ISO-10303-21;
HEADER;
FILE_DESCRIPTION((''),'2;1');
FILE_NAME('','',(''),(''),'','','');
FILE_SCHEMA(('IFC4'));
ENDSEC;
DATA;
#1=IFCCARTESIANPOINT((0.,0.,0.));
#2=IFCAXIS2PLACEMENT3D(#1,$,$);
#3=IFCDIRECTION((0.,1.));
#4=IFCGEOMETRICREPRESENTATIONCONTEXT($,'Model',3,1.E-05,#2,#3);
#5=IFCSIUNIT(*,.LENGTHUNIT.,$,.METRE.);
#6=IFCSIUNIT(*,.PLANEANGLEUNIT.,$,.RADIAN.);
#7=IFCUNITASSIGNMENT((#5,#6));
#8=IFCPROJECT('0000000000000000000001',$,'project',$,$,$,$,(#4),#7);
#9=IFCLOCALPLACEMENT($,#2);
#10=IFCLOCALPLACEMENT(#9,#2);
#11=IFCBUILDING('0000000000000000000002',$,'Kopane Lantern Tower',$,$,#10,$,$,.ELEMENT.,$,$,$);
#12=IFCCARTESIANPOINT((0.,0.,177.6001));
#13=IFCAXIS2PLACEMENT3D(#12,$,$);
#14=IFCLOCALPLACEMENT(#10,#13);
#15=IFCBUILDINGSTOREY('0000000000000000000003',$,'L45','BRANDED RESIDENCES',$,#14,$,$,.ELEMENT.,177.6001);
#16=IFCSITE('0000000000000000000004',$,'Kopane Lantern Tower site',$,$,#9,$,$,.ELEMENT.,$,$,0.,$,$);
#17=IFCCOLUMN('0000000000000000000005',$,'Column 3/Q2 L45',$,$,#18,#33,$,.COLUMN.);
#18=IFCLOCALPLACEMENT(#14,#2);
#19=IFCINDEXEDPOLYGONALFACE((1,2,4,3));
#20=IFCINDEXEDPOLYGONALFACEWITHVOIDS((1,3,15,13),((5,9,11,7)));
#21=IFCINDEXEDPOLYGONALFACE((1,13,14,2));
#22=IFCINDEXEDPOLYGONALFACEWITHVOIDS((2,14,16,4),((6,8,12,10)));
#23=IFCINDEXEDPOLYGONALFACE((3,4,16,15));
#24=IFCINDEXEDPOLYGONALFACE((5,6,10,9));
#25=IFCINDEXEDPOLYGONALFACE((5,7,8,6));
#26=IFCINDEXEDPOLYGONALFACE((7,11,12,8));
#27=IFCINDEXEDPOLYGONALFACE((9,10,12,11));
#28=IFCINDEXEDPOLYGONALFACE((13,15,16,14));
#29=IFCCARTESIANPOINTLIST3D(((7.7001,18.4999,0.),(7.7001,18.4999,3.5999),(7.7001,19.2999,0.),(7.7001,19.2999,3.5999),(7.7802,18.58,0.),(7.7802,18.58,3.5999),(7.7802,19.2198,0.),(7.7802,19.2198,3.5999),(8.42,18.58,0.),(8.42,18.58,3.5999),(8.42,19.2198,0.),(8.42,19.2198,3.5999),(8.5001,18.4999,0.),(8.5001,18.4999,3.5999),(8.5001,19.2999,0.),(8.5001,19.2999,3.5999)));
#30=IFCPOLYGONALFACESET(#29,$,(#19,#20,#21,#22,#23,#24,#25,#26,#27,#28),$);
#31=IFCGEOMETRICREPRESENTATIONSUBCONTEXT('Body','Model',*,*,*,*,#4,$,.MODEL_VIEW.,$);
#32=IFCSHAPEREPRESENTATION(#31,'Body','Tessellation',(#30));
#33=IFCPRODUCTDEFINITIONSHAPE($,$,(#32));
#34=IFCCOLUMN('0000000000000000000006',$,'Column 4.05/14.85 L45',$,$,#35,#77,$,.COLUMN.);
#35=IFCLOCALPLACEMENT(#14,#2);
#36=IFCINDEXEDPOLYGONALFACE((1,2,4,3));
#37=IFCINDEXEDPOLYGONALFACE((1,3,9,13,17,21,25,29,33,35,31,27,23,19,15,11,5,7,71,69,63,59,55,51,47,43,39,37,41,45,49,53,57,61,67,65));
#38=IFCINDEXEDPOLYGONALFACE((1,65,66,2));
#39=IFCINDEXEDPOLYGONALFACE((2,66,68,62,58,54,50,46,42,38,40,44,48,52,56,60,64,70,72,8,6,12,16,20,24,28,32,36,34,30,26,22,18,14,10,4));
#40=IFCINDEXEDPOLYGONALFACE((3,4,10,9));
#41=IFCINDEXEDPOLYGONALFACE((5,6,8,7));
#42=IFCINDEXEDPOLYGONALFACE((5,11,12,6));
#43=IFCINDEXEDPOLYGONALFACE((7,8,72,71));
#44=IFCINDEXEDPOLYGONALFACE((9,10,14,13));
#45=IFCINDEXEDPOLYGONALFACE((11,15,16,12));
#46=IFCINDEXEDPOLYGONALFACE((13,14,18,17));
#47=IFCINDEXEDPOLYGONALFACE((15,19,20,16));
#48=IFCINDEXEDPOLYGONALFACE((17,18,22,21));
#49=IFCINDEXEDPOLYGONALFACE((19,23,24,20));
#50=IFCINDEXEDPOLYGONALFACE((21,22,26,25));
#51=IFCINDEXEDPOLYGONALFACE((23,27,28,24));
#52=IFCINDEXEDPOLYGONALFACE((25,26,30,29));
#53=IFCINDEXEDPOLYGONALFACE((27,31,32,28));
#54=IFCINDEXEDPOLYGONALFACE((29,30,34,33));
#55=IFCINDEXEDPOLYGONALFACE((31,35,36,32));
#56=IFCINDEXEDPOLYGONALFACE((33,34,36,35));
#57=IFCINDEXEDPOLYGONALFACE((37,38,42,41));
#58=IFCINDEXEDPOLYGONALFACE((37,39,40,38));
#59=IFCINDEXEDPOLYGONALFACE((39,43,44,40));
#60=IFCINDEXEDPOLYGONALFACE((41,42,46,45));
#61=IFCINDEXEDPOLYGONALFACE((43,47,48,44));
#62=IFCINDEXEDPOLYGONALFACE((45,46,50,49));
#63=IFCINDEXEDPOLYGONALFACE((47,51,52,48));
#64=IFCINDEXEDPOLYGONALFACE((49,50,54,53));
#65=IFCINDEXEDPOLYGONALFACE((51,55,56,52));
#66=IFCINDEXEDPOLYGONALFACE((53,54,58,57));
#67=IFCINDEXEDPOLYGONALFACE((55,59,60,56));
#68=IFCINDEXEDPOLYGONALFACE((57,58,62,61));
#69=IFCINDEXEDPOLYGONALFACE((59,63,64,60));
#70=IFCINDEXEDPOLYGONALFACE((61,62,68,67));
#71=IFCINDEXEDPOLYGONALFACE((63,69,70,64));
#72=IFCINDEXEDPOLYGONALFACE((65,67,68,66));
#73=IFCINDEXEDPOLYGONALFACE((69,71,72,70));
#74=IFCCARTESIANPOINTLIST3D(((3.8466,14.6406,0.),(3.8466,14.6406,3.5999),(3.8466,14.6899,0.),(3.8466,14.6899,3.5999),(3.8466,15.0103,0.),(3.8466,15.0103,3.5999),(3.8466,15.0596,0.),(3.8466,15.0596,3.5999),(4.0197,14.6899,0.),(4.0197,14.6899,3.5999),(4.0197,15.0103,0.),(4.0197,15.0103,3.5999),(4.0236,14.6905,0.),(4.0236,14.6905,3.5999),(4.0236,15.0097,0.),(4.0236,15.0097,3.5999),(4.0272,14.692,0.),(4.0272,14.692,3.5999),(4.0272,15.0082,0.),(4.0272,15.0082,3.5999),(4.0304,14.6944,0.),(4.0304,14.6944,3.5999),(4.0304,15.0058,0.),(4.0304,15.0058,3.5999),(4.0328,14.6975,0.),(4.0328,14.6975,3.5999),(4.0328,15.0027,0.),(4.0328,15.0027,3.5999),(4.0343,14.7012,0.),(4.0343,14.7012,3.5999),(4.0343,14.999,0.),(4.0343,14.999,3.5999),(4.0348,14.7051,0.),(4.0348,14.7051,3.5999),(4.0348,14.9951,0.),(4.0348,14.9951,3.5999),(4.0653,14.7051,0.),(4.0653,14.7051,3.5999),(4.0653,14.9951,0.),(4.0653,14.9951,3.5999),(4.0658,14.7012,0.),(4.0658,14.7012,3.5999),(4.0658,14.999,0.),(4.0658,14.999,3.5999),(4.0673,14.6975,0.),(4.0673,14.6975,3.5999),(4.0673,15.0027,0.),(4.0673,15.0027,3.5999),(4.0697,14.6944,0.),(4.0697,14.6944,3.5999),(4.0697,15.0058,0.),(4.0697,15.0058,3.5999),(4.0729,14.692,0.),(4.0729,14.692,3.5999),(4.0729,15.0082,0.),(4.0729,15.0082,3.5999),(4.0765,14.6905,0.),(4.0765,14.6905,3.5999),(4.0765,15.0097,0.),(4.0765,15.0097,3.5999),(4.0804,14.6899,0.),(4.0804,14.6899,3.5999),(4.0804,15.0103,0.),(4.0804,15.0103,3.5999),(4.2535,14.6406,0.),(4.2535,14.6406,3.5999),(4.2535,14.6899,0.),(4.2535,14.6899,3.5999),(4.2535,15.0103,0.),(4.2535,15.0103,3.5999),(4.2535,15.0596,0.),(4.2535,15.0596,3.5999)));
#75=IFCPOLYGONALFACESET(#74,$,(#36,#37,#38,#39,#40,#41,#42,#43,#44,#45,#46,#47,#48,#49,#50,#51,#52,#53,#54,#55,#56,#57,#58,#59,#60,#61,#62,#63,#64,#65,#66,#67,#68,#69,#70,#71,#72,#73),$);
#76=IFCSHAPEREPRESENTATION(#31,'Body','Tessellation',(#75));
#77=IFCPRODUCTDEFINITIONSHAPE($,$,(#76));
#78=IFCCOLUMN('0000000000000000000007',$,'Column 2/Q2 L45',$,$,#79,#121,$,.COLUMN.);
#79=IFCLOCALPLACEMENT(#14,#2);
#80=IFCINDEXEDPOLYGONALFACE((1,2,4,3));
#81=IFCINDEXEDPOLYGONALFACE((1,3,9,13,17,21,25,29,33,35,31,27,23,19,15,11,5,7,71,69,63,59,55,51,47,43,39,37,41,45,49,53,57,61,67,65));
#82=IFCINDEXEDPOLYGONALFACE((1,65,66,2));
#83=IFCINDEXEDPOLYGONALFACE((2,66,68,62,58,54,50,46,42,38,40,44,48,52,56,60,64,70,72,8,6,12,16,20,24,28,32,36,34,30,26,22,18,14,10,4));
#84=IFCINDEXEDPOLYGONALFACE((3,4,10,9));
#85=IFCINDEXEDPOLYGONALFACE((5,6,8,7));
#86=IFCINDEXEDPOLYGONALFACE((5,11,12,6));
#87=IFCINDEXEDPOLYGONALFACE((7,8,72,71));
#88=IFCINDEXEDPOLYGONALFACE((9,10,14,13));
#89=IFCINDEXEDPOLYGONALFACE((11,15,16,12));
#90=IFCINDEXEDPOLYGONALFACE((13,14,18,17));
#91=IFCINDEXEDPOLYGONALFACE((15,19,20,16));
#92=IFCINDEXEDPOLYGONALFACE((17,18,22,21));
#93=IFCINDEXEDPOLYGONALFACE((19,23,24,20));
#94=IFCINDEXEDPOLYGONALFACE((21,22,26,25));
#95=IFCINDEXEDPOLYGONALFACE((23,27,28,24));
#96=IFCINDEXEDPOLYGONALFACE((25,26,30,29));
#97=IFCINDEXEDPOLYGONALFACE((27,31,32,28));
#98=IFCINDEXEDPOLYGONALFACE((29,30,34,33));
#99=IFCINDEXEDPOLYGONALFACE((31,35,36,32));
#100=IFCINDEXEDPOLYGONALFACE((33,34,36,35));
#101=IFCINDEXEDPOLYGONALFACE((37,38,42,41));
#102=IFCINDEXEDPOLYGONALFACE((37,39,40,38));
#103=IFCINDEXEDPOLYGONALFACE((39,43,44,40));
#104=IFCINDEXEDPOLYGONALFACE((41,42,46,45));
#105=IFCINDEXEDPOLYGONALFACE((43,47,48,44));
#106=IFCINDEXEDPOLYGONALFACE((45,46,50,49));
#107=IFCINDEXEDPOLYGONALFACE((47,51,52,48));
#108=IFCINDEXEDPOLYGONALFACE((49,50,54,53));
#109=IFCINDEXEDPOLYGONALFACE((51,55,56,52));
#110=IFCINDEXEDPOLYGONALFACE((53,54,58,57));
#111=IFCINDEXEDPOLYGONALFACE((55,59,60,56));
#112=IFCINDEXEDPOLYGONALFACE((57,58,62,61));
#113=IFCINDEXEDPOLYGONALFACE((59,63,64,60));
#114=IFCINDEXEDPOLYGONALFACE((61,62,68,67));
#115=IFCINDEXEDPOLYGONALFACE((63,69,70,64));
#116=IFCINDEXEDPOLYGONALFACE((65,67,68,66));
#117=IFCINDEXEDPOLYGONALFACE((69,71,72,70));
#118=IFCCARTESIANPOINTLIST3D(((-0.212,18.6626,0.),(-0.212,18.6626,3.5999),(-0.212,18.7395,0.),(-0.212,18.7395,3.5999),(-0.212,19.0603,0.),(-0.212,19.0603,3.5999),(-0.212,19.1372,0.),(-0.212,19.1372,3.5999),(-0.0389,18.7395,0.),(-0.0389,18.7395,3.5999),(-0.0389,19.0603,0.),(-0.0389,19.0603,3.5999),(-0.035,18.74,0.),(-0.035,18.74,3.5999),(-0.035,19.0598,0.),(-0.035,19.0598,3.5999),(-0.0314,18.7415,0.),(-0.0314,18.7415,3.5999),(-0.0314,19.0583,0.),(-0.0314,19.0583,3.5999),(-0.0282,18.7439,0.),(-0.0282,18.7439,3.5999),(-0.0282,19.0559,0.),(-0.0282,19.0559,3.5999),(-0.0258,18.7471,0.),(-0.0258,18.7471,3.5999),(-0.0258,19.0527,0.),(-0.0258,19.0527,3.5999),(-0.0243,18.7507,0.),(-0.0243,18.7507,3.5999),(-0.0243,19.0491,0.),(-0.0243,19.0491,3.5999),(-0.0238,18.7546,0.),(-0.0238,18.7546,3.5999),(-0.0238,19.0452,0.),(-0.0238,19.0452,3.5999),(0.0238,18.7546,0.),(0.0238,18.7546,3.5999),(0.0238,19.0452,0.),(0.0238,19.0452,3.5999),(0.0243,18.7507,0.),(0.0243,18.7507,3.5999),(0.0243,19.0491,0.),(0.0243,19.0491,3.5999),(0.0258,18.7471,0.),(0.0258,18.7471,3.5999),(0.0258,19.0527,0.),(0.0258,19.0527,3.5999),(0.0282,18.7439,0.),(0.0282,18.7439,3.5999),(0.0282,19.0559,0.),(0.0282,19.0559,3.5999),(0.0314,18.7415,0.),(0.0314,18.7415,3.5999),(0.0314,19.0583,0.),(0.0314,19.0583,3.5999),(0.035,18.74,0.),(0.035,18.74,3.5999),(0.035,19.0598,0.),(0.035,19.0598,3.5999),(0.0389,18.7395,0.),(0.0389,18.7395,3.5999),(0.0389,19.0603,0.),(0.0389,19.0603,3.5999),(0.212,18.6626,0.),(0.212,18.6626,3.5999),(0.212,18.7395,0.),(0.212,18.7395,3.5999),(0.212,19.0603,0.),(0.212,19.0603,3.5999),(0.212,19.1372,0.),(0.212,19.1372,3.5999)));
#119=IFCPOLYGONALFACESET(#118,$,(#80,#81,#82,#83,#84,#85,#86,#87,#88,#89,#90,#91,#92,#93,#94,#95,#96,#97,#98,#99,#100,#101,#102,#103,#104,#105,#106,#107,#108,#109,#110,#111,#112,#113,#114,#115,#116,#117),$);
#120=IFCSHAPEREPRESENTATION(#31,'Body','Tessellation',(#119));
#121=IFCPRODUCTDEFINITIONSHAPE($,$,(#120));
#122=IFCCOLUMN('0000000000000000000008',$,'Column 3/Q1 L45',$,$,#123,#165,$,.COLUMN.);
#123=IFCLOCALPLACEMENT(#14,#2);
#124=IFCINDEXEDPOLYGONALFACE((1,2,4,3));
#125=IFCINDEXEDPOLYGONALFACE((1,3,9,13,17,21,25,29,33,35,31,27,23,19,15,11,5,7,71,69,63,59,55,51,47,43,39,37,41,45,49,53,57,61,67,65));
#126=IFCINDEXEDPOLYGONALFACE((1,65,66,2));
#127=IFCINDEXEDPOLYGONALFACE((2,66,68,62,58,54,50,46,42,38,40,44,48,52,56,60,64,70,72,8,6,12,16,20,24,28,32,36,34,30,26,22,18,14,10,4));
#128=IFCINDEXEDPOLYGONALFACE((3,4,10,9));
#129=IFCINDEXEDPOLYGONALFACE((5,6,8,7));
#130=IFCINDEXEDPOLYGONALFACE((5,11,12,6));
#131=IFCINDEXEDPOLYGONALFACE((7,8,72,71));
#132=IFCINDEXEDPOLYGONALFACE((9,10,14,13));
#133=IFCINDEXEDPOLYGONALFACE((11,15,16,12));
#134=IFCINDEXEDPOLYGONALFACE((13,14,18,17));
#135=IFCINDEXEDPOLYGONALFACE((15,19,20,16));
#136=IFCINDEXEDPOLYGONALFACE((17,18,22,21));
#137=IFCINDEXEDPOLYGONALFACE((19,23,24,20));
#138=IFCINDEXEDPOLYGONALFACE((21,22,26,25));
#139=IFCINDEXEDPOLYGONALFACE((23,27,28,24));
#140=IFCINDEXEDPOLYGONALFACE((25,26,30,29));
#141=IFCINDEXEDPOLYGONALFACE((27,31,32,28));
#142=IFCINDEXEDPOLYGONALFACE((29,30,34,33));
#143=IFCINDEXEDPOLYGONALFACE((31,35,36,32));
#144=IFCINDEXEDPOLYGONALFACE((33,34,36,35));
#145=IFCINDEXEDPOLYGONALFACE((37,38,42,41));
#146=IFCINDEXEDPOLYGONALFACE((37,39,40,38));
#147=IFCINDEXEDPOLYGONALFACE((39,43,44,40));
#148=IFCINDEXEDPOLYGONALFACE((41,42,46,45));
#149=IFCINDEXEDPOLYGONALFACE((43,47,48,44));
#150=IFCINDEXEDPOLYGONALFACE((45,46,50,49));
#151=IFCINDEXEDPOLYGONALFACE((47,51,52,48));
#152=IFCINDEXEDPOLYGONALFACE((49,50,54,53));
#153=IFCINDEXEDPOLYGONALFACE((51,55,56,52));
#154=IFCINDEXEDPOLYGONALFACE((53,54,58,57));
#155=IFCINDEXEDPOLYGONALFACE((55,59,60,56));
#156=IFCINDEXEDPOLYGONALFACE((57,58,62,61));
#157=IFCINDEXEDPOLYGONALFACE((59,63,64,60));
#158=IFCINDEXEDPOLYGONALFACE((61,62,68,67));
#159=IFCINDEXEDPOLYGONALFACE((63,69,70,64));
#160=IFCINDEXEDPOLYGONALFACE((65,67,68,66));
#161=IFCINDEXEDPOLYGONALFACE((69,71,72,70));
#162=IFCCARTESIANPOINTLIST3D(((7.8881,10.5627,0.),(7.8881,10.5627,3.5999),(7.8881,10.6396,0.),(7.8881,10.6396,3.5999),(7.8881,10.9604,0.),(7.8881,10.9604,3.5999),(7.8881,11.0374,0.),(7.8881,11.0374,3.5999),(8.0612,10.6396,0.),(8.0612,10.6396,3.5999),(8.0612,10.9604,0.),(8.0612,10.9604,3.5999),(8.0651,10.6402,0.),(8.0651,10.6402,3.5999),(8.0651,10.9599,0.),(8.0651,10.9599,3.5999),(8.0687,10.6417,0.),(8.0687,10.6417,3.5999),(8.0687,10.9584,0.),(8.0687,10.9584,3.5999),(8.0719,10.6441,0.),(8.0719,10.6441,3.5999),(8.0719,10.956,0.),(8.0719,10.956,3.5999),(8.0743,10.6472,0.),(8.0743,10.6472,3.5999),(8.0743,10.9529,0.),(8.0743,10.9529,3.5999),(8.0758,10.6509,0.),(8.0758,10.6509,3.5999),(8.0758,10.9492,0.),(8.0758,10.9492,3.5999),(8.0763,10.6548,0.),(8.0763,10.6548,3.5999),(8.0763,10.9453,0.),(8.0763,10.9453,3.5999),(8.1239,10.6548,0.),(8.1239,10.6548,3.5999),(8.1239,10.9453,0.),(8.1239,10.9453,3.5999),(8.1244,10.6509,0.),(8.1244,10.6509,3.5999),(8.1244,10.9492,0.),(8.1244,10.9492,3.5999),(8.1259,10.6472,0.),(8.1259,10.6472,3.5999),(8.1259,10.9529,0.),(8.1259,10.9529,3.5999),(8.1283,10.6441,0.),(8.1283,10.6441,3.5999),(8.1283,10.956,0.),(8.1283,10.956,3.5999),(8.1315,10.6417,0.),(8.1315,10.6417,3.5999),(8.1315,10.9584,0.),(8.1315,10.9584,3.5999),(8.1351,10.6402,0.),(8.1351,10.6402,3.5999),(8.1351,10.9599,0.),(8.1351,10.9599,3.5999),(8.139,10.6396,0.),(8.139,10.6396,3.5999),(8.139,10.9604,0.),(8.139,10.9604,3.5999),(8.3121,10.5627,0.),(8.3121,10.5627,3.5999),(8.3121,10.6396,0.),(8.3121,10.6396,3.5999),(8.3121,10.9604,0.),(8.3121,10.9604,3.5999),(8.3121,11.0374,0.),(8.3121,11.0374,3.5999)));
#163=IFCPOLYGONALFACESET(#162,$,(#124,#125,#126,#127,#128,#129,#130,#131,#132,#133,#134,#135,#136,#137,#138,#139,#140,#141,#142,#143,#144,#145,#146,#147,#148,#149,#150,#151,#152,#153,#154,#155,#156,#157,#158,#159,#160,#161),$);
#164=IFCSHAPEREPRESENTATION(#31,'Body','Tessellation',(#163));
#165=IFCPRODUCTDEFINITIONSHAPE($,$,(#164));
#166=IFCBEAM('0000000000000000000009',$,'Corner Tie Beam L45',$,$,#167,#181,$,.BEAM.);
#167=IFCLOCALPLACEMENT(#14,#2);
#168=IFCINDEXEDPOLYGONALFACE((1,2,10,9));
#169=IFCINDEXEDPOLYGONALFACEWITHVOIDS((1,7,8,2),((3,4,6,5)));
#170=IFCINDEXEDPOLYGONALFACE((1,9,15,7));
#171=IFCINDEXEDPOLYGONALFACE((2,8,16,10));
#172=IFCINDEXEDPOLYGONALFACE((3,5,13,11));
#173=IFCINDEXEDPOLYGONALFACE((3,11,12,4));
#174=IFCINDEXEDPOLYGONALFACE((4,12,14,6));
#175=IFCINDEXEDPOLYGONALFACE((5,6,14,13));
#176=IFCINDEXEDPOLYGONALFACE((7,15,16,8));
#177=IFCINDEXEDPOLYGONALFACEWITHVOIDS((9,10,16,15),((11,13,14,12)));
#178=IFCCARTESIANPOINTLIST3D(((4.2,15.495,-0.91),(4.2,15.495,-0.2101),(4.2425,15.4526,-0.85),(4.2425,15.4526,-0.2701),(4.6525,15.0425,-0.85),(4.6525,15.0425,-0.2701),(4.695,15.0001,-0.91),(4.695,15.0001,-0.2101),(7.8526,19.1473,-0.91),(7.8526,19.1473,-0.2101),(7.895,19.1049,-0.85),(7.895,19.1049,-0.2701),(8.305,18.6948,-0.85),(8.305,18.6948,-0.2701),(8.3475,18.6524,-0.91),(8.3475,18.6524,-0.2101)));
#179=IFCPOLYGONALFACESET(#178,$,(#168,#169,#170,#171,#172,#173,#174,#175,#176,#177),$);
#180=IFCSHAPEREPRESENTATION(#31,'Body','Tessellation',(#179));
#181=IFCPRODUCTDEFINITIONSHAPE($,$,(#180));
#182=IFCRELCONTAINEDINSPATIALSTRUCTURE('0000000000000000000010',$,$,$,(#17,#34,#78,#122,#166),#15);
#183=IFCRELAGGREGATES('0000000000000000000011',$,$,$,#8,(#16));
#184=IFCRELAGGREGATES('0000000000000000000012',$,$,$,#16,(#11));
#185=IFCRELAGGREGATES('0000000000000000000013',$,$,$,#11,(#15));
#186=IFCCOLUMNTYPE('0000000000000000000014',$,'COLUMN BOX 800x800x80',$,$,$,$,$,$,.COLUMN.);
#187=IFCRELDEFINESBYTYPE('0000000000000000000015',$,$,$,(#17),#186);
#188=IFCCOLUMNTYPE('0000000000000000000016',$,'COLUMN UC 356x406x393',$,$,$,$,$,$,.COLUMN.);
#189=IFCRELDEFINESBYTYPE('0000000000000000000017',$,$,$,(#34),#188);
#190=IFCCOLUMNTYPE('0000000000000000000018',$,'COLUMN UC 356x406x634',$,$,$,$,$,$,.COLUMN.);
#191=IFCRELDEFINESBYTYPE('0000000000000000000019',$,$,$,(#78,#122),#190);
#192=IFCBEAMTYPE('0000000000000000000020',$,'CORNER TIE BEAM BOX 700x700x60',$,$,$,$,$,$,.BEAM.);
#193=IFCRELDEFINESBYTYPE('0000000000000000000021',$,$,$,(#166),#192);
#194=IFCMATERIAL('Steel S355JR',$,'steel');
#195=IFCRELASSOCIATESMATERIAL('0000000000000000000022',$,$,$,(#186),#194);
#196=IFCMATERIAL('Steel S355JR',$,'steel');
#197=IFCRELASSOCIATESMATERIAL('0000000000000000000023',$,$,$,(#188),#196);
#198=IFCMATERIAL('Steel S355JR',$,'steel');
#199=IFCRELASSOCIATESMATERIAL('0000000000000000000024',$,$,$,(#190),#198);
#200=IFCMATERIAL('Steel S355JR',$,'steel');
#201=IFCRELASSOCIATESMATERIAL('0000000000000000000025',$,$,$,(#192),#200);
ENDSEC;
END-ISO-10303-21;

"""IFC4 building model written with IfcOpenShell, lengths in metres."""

from ifc_helpers import new_model, si_unit, direction, frame, origin, origin_2d, place, context, subcontext, project, spatial, hollow_rectangle, i_section, extrude, material, material_profile, profile_set, type_object, element, save


model = new_model("IFC4")

# Units and contexts
model_context = context("Model", 3, precision=1e-05, world=origin(), true_north=direction((0.0, 1.0)))
body_context = subcontext(model_context, "Body", "Model", "MODEL_VIEW")
ifc_project = project(units=[si_unit("LENGTHUNIT", "METRE"), si_unit("PLANEANGLEUNIT", "RADIAN")], contexts=[model_context])

# Site, building, storey
site_placement = place(None, origin())
site = spatial("IfcSite", under=ifc_project, at=site_placement, Name="Kopane Lantern Tower site", CompositionType="ELEMENT", RefElevation=0.0)
building_placement = place(site_placement, origin())
building = spatial("IfcBuilding", under=site, at=building_placement, Name="Kopane Lantern Tower", CompositionType="ELEMENT")
storey_placement = place(building_placement, frame((0.0, 0.0, 177.6001)))
storey = spatial("IfcBuildingStorey", under=building, at=storey_placement, Name="L45", Description="BRANDED RESIDENCES", CompositionType="ELEMENT", Elevation=177.6001)

# Columns
ifc_material_1 = material(Name="Steel S355JR", Category="steel")
ifc_material_profile_1 = material_profile(ifc_material_1, hollow_rectangle(XDim=0.8, YDim=0.8, WallThickness=0.0801, at=origin_2d()), Name="BOX 800x800x80")
ifc_profile_set_1 = profile_set([ifc_material_profile_1], Name="Steel S355JR")
column_type_1 = type_object("IfcColumnType", Name="COLUMN BOX 800x800x80", PredefinedType="COLUMN", material=ifc_profile_set_1)
column_1_placement = place(storey_placement, frame((8.1001, 18.8999, 0.0), z_axis=(0.0, 0.0, 1.0), x_axis=(1.0, 0.0, 0.0)))
element("IfcColumn", 1, at=column_1_placement, inside=storey, type_object=column_type_1, Name="Column 3/Q2 L45", PredefinedType="COLUMN", context=body_context, shape_type="SweptSolid", body=[
    extrude(hollow_rectangle(XDim=0.8, YDim=0.8, WallThickness=0.0801, at=origin_2d()), origin(), (0.0, 0.0, 1.0), 3.5999),
])
ifc_material_2 = material(Name="Steel S355JR", Category="steel")
ifc_material_profile_2 = material_profile(ifc_material_2, i_section(OverallWidth=0.407, OverallDepth=0.4189, WebThickness=0.0305, FlangeThickness=0.0493, FilletRadius=0.0151, at=origin_2d()), Name="UC 356x406x393")
ifc_profile_set_2 = profile_set([ifc_material_profile_2], Name="Steel S355JR")
column_type_2 = type_object("IfcColumnType", Name="COLUMN UC 356x406x393", PredefinedType="COLUMN", material=ifc_profile_set_2)
column_2_placement = place(storey_placement, frame((4.05, 14.8501, 0.0), z_axis=(0.0, 0.0, 1.0), x_axis=(1.0, 0.0, 0.0)))
element("IfcColumn", 2, at=column_2_placement, inside=storey, type_object=column_type_2, Name="Column 4.05/14.85 L45", PredefinedType="COLUMN", context=body_context, shape_type="SweptSolid", body=[
    extrude(i_section(OverallWidth=0.407, OverallDepth=0.4189, WebThickness=0.0305, FlangeThickness=0.0493, FilletRadius=0.0151, at=origin_2d()), origin(), (0.0, 0.0, 1.0), 3.5999),
])
ifc_material_3 = material(Name="Steel S355JR", Category="steel")
ifc_material_profile_3 = material_profile(ifc_material_3, i_section(OverallWidth=0.4241, OverallDepth=0.4746, WebThickness=0.0476, FlangeThickness=0.0769, FilletRadius=0.0151, at=origin_2d()), Name="UC 356x406x634")
ifc_profile_set_3 = profile_set([ifc_material_profile_3], Name="Steel S355JR")
column_type_3 = type_object("IfcColumnType", Name="COLUMN UC 356x406x634", PredefinedType="COLUMN", material=ifc_profile_set_3)
for number, where, z_axis, x_axis, name in (
    (3, (0.0, 18.8999, 0.0), (0.0, 0.0, 1.0), (1.0, 0.0, 0.0), "Column 2/Q2 L45"),
    (4, (8.1001, 10.8, 0.0), (0.0, 0.0, 1.0), (1.0, 0.0, 0.0), "Column 3/Q1 L45"),
):
    element("IfcColumn", number, at=place(storey_placement, frame(where, z_axis=z_axis, x_axis=x_axis)), inside=storey, type_object=column_type_3, Name=name, PredefinedType="COLUMN", context=body_context, shape_type="SweptSolid", body=[
        extrude(i_section(OverallWidth=0.4241, OverallDepth=0.4746, WebThickness=0.0476, FlangeThickness=0.0769, FilletRadius=0.0151, at=origin_2d()), origin(), (0.0, 0.0, 1.0), 3.5999),
    ])

# Beam
ifc_material_4 = material(Name="Steel S355JR", Category="steel")
ifc_material_profile_4 = material_profile(ifc_material_4, hollow_rectangle(XDim=0.7, YDim=0.7, WallThickness=0.0601, at=origin_2d()), Name="BOX 700x700x60")
ifc_profile_set_4 = profile_set([ifc_material_profile_4], Name="Steel S355JR")
beam_type_1 = type_object("IfcBeamType", Name="CORNER TIE BEAM BOX 700x700x60", PredefinedType="BEAM", material=ifc_profile_set_4)
beam_1_placement = place(storey_placement, frame((4.4475, 15.2476, -0.5601), z_axis=(0.70713, 0.707083, 0.0), x_axis=(-0.707083, 0.70713, 0.0)))
element("IfcBeam", 5, at=beam_1_placement, inside=storey, type_object=beam_type_1, Name="Corner Tie Beam L45", PredefinedType="BEAM", context=body_context, shape_type="SweptSolid", body=[
    extrude(hollow_rectangle(XDim=0.7, YDim=0.7, WallThickness=0.0601, at=origin_2d()), origin(), (0.0, 0.0, 1.0), 5.1653),
])

save(model, "model.ifc")
